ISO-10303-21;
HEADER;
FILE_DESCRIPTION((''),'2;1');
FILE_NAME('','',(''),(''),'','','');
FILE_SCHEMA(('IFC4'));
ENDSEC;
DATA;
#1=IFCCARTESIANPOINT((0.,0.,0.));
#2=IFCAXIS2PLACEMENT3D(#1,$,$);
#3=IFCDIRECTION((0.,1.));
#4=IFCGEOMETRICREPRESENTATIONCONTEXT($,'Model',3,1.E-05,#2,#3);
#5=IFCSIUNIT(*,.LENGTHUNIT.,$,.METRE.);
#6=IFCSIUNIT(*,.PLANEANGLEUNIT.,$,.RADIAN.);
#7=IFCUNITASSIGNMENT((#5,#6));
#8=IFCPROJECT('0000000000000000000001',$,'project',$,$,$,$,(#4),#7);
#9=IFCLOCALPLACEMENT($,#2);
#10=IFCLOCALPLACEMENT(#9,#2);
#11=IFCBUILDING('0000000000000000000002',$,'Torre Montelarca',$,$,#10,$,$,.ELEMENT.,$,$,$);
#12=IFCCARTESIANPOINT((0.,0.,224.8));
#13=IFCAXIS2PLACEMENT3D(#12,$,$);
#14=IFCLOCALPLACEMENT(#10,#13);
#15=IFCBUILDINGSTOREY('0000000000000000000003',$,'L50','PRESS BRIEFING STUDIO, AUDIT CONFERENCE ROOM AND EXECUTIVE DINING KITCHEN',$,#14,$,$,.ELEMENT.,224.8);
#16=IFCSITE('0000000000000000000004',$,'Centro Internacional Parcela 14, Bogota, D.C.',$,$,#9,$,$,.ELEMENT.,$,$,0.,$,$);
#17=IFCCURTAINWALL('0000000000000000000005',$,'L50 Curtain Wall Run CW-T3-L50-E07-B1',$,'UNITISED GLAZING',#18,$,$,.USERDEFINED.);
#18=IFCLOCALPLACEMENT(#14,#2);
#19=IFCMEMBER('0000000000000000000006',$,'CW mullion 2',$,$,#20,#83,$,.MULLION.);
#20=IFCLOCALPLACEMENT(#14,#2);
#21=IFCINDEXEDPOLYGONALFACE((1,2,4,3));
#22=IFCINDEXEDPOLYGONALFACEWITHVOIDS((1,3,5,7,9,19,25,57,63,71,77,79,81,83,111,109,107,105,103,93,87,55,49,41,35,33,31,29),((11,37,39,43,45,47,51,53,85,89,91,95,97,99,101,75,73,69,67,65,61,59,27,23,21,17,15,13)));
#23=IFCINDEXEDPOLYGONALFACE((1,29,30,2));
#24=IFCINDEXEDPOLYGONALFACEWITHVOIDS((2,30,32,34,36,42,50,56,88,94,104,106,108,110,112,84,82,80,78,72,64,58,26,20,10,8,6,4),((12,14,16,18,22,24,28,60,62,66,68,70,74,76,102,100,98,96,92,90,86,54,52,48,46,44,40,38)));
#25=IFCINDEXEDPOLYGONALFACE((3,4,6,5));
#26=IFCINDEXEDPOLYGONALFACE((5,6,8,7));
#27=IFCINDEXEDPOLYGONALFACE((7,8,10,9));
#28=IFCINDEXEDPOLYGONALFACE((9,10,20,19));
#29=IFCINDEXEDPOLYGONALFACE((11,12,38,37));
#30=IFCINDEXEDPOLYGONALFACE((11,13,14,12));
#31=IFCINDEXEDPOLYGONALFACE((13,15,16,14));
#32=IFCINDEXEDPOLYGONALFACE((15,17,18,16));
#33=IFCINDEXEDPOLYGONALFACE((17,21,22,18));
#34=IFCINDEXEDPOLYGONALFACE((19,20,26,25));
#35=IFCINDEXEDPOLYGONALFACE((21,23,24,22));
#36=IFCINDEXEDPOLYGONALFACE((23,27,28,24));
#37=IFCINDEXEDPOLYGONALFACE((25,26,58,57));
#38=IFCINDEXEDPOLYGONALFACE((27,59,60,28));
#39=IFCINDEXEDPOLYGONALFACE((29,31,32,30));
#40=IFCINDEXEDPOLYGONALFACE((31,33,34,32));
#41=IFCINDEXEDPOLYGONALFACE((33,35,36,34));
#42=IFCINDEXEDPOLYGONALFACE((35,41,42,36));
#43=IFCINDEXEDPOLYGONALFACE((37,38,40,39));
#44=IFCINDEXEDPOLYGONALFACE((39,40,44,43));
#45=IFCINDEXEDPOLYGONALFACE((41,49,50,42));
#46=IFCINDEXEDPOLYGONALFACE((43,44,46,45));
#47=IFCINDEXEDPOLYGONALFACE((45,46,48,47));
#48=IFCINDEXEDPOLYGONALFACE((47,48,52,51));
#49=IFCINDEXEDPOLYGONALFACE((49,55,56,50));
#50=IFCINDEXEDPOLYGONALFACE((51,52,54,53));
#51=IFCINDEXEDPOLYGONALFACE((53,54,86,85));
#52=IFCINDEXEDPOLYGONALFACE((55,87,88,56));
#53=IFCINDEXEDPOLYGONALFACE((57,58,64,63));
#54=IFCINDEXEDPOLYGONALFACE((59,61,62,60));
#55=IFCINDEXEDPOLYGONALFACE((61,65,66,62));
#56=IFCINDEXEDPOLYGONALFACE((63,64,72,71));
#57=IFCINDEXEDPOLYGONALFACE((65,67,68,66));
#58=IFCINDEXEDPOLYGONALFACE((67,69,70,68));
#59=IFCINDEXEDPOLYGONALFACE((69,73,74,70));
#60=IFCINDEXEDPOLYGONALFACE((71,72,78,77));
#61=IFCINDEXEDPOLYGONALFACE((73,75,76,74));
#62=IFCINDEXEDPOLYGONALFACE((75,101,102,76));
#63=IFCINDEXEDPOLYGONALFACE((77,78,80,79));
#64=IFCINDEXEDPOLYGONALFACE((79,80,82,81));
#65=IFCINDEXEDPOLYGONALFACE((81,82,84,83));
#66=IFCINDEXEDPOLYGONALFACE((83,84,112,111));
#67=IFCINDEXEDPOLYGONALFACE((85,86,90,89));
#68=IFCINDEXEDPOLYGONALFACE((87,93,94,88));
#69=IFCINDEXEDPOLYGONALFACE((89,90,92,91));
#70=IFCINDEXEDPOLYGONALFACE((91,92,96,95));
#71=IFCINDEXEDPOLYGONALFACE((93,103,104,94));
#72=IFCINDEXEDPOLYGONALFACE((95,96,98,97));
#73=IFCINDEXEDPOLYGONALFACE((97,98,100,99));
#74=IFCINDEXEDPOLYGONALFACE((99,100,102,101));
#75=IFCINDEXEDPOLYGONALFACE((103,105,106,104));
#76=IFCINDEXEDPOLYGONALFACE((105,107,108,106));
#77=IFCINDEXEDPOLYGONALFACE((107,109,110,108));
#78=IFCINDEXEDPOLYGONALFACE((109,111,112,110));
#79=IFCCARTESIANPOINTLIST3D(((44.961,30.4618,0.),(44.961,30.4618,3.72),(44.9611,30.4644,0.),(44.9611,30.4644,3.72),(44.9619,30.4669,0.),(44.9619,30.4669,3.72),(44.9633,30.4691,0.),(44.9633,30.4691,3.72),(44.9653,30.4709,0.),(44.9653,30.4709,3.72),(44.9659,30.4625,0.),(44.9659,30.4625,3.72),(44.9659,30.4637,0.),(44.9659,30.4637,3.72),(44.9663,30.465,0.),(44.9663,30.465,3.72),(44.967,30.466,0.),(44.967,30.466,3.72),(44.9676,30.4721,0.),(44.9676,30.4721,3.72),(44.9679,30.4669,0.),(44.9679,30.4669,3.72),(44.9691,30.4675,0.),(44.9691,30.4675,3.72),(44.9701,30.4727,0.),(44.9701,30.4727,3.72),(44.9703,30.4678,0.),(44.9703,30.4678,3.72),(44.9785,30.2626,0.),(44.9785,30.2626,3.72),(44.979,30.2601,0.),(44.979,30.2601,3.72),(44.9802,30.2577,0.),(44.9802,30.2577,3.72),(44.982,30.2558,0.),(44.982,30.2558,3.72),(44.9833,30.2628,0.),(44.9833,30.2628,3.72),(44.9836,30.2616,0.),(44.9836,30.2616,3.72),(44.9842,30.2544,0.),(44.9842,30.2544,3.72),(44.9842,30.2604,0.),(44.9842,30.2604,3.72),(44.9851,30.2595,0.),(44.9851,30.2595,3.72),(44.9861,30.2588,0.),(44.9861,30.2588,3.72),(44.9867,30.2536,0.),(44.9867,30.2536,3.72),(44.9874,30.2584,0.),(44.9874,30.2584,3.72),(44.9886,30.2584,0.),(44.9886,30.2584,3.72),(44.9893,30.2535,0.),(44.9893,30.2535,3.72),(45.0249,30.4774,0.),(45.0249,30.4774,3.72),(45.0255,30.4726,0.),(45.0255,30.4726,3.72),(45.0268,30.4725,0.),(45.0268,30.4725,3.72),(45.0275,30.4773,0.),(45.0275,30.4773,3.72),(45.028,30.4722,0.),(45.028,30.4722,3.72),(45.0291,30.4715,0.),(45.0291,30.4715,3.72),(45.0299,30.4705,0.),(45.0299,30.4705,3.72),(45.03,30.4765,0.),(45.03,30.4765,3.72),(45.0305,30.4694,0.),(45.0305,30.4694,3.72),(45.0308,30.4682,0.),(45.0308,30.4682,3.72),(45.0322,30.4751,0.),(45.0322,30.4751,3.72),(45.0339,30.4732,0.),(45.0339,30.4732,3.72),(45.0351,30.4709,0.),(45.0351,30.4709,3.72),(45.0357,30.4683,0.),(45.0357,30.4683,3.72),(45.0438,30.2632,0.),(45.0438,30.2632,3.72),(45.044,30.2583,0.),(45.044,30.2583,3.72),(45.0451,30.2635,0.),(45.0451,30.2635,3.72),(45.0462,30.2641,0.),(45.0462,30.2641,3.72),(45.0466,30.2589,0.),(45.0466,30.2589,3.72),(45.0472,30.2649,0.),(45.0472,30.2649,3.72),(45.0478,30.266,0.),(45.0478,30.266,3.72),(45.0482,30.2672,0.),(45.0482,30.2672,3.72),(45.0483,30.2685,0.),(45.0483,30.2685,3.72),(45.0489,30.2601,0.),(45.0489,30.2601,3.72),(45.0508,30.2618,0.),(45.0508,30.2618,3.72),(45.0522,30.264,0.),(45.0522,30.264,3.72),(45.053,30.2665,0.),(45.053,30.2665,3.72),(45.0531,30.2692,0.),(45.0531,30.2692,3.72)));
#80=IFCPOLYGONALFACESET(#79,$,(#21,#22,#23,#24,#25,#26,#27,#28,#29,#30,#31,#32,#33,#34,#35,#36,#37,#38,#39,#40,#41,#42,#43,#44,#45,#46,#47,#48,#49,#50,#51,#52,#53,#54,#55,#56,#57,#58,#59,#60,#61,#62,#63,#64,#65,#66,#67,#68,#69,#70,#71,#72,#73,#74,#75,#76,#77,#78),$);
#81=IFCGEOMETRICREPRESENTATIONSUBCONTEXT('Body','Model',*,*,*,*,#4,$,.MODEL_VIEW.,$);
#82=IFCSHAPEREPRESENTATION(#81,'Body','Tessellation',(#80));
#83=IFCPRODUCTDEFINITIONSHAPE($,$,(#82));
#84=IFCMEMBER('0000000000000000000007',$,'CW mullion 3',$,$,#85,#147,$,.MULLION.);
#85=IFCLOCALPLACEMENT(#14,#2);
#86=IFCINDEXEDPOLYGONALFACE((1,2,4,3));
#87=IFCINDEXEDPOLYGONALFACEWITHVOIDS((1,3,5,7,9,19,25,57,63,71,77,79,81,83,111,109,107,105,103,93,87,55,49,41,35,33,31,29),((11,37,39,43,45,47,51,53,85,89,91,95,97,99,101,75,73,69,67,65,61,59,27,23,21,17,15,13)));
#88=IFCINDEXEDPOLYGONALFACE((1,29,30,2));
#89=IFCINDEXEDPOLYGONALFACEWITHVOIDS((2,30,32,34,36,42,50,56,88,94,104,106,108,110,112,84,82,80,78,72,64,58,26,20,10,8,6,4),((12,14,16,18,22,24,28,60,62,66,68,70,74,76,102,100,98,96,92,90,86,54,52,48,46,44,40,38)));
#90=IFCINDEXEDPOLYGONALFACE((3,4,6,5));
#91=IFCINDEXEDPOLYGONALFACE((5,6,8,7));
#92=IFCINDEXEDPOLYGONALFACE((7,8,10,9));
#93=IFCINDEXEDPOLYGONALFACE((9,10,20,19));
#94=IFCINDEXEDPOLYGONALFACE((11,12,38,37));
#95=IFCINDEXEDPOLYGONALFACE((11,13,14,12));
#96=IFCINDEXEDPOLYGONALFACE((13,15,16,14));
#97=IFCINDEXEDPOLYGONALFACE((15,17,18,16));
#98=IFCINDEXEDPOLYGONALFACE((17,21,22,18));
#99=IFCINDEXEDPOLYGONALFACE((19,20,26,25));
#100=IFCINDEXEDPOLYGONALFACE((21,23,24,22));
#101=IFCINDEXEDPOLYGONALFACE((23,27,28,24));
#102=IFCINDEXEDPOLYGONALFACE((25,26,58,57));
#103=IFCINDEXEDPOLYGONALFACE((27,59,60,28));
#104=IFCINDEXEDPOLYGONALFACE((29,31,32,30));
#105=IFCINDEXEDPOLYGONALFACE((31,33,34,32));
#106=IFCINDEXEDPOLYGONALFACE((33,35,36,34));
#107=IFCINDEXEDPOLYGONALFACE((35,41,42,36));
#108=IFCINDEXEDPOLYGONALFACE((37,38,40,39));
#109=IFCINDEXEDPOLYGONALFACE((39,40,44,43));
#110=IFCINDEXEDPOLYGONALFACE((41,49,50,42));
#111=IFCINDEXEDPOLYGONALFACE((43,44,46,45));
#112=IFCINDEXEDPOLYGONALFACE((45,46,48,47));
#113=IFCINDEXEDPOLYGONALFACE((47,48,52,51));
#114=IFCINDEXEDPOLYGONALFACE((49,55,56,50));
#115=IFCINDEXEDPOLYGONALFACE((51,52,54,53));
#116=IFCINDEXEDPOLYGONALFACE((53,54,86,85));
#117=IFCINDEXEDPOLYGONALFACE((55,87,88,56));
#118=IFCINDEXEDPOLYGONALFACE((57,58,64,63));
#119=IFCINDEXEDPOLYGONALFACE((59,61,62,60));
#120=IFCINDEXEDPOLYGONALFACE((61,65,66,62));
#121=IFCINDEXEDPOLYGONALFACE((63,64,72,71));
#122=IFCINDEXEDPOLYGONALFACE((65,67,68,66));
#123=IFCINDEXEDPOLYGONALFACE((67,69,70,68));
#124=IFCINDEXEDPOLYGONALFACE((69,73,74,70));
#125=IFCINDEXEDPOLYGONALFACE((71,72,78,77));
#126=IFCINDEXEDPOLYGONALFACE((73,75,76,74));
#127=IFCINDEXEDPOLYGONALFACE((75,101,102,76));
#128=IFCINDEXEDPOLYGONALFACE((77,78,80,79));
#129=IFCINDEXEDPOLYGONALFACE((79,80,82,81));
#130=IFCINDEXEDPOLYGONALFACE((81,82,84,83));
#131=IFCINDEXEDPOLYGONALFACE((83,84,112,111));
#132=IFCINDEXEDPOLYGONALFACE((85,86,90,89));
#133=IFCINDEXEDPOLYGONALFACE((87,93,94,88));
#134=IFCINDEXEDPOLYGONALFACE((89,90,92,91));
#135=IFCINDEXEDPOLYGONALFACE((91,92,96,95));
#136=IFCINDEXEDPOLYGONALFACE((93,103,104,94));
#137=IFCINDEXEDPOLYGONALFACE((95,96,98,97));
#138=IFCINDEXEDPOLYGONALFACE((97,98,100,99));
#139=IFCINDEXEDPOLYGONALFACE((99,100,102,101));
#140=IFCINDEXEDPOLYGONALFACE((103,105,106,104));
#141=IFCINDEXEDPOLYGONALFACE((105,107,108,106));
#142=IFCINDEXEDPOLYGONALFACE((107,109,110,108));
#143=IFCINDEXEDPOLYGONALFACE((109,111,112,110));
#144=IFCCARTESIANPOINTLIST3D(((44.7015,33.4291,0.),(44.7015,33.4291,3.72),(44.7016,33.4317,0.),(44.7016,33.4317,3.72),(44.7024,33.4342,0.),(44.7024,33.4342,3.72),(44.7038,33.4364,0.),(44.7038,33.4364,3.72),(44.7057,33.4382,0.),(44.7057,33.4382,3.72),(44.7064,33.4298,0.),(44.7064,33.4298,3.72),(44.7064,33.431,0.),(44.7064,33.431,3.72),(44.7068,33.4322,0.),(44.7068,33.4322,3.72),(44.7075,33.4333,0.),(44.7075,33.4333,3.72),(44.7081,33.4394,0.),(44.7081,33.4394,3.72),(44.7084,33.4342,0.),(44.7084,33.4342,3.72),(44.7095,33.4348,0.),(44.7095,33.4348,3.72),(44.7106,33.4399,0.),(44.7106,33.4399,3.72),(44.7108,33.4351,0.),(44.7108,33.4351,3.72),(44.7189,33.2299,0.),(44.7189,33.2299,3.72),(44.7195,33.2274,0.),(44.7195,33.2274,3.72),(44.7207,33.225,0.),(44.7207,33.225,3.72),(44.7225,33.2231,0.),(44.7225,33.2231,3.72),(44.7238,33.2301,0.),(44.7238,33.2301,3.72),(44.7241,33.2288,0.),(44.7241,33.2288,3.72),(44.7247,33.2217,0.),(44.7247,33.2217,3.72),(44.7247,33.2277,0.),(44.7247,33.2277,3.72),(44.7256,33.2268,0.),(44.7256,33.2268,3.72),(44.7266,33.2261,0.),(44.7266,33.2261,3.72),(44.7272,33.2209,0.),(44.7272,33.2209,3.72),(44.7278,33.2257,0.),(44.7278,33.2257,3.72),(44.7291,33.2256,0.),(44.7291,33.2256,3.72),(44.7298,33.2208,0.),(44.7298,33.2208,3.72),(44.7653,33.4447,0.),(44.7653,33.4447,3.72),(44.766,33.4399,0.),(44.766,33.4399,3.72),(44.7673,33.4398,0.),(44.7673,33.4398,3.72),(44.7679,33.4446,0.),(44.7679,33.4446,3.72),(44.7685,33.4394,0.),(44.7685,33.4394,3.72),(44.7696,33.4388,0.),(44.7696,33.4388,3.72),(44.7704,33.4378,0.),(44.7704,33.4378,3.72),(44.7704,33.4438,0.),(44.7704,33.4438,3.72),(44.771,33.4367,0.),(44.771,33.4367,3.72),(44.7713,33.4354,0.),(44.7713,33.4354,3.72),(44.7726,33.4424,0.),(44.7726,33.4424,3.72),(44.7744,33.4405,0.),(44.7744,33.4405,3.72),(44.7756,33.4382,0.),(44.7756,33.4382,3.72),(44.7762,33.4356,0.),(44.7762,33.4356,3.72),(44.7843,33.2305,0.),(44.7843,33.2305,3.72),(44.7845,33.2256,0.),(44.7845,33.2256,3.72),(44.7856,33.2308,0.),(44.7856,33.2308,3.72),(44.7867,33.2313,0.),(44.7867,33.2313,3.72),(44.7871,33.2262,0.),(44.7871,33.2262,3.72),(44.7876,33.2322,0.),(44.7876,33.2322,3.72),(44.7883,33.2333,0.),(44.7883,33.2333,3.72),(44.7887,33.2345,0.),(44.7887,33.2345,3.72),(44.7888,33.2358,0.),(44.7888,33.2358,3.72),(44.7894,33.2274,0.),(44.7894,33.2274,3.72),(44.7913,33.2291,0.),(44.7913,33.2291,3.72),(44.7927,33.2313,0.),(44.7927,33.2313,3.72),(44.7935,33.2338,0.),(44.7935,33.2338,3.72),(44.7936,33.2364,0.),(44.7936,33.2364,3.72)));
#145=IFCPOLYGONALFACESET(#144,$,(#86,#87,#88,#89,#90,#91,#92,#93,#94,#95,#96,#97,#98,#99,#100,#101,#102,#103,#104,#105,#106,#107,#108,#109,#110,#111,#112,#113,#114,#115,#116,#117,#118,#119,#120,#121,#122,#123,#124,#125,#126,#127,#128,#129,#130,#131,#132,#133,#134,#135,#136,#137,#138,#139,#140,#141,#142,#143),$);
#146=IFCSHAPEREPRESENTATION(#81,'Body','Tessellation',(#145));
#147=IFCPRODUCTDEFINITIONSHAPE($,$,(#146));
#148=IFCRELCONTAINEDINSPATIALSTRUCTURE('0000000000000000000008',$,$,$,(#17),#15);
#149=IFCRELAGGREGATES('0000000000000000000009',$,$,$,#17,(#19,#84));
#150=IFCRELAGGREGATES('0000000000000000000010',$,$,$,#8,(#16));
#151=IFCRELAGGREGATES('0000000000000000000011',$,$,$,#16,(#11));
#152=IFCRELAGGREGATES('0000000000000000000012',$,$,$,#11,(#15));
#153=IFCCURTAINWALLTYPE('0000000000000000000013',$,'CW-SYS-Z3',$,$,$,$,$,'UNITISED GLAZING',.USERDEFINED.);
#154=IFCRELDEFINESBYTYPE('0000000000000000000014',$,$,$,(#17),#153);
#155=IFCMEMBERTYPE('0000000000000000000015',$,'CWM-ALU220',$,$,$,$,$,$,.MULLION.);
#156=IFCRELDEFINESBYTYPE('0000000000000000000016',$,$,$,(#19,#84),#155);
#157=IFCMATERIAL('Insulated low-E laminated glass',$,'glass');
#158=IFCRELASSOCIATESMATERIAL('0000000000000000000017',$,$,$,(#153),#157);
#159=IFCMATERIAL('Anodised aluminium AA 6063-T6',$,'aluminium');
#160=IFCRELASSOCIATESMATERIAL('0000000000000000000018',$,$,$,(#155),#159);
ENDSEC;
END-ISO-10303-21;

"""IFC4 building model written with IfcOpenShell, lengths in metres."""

from ifc_helpers import new_model, si_unit, direction, frame, origin, origin_2d, place, context, subcontext, project, spatial, hollow_rectangle, extrude, source, transform, mapped, material, material_profile, profile_set, type_object, element, aggregate, save


model = new_model("IFC4")

# Units and contexts
model_context = context("Model", 3, precision=1e-05, world=origin(), true_north=direction((0.0, 1.0)))
body_context = subcontext(model_context, "Body", "Model", "MODEL_VIEW")
ifc_project = project(units=[si_unit("LENGTHUNIT", "METRE"), si_unit("PLANEANGLEUNIT", "RADIAN")], contexts=[model_context])

# Site, building, storey
site_placement = place(None, origin())
site = spatial("IfcSite", under=ifc_project, at=site_placement, Name="Centro Internacional Parcela 14, Bogota, D.C.", CompositionType="ELEMENT", RefElevation=0.0)
building_placement = place(site_placement, origin())
building = spatial("IfcBuilding", under=site, at=building_placement, Name="Torre Montelarca", CompositionType="ELEMENT")
storey_placement = place(building_placement, frame((0.0, 0.0, 224.8)))
storey = spatial("IfcBuildingStorey", under=building, at=storey_placement, Name="L50", Description="PRESS BRIEFING STUDIO, AUDIT CONFERENCE ROOM AND EXECUTIVE DINING KITCHEN", CompositionType="ELEMENT", Elevation=224.8)

# Curtain wall
ifc_material_1 = material(Name="Insulated low-E laminated glass", Category="glass")
curtain_wall_type = type_object("IfcCurtainWallType", Name="CW-SYS-Z3", ElementType="UNITISED GLAZING", PredefinedType="USERDEFINED", material=ifc_material_1)
ifc_material_2 = material(Name="Anodised aluminium AA 6063-T6", Category="aluminium")
curtain_wall_1_placement = place(storey_placement, origin())
curtain_wall_1 = element("IfcCurtainWall", 1, at=curtain_wall_1_placement, inside=storey, type_object=curtain_wall_type, Name="L50 Curtain Wall Run CW-T3-L50-E07-B1", ObjectType="UNITISED GLAZING", PredefinedType="USERDEFINED")

# Members
ifc_material_profile_1 = material_profile(ifc_material_2, hollow_rectangle(XDim=0.075, YDim=0.22, WallThickness=0.0049, InnerFilletRadius=0.0049, OuterFilletRadius=0.01, at=origin_2d()), Name="ALU75X220X5", Category="aluminium")
ifc_profile_set_1 = profile_set([ifc_material_profile_1], Name="Anodised aluminium AA 6063-T6")
member_type_1 = type_object("IfcMemberType", Name="CWM-ALU220", PredefinedType="MULLION", material=ifc_profile_set_1)
shared_shape_1 = source(origin(), body_context, "Body", "SweptSolid", [
    extrude(hollow_rectangle(XDim=0.075, YDim=0.22, WallThickness=0.0049, InnerFilletRadius=0.0049, OuterFilletRadius=0.01, at=origin_2d()), origin(), (0.0, 0.0, 1.0), 3.72),
])
member_1_placement = place(storey_placement, frame((45.0071, 30.3655, 0.0), z_axis=(0.0, 0.0, 1.0), x_axis=(-0.996192, -0.087183, 0.0)))
member_1 = element("IfcMember", 2, at=member_1_placement, type_object=member_type_1, Name="CW mullion 2", PredefinedType="MULLION", context=body_context, shape_type="MappedRepresentation", body=[
    mapped(shared_shape_1, transform((0.0, 0.0, 0.0), scale=1.0)),
])
member_2_placement = place(storey_placement, frame((44.7476, 33.3328, 0.0), z_axis=(0.0, 0.0, 1.0), x_axis=(-0.996192, -0.087183, 0.0)))
member_2 = element("IfcMember", 3, at=member_2_placement, type_object=member_type_1, Name="CW mullion 3", PredefinedType="MULLION", context=body_context, shape_type="MappedRepresentation", body=[
    mapped(shared_shape_1, transform((0.0, 0.0, 0.0), scale=1.0)),
])

aggregate(curtain_wall_1, [member_1, member_2])

save(model, "model.ifc")
